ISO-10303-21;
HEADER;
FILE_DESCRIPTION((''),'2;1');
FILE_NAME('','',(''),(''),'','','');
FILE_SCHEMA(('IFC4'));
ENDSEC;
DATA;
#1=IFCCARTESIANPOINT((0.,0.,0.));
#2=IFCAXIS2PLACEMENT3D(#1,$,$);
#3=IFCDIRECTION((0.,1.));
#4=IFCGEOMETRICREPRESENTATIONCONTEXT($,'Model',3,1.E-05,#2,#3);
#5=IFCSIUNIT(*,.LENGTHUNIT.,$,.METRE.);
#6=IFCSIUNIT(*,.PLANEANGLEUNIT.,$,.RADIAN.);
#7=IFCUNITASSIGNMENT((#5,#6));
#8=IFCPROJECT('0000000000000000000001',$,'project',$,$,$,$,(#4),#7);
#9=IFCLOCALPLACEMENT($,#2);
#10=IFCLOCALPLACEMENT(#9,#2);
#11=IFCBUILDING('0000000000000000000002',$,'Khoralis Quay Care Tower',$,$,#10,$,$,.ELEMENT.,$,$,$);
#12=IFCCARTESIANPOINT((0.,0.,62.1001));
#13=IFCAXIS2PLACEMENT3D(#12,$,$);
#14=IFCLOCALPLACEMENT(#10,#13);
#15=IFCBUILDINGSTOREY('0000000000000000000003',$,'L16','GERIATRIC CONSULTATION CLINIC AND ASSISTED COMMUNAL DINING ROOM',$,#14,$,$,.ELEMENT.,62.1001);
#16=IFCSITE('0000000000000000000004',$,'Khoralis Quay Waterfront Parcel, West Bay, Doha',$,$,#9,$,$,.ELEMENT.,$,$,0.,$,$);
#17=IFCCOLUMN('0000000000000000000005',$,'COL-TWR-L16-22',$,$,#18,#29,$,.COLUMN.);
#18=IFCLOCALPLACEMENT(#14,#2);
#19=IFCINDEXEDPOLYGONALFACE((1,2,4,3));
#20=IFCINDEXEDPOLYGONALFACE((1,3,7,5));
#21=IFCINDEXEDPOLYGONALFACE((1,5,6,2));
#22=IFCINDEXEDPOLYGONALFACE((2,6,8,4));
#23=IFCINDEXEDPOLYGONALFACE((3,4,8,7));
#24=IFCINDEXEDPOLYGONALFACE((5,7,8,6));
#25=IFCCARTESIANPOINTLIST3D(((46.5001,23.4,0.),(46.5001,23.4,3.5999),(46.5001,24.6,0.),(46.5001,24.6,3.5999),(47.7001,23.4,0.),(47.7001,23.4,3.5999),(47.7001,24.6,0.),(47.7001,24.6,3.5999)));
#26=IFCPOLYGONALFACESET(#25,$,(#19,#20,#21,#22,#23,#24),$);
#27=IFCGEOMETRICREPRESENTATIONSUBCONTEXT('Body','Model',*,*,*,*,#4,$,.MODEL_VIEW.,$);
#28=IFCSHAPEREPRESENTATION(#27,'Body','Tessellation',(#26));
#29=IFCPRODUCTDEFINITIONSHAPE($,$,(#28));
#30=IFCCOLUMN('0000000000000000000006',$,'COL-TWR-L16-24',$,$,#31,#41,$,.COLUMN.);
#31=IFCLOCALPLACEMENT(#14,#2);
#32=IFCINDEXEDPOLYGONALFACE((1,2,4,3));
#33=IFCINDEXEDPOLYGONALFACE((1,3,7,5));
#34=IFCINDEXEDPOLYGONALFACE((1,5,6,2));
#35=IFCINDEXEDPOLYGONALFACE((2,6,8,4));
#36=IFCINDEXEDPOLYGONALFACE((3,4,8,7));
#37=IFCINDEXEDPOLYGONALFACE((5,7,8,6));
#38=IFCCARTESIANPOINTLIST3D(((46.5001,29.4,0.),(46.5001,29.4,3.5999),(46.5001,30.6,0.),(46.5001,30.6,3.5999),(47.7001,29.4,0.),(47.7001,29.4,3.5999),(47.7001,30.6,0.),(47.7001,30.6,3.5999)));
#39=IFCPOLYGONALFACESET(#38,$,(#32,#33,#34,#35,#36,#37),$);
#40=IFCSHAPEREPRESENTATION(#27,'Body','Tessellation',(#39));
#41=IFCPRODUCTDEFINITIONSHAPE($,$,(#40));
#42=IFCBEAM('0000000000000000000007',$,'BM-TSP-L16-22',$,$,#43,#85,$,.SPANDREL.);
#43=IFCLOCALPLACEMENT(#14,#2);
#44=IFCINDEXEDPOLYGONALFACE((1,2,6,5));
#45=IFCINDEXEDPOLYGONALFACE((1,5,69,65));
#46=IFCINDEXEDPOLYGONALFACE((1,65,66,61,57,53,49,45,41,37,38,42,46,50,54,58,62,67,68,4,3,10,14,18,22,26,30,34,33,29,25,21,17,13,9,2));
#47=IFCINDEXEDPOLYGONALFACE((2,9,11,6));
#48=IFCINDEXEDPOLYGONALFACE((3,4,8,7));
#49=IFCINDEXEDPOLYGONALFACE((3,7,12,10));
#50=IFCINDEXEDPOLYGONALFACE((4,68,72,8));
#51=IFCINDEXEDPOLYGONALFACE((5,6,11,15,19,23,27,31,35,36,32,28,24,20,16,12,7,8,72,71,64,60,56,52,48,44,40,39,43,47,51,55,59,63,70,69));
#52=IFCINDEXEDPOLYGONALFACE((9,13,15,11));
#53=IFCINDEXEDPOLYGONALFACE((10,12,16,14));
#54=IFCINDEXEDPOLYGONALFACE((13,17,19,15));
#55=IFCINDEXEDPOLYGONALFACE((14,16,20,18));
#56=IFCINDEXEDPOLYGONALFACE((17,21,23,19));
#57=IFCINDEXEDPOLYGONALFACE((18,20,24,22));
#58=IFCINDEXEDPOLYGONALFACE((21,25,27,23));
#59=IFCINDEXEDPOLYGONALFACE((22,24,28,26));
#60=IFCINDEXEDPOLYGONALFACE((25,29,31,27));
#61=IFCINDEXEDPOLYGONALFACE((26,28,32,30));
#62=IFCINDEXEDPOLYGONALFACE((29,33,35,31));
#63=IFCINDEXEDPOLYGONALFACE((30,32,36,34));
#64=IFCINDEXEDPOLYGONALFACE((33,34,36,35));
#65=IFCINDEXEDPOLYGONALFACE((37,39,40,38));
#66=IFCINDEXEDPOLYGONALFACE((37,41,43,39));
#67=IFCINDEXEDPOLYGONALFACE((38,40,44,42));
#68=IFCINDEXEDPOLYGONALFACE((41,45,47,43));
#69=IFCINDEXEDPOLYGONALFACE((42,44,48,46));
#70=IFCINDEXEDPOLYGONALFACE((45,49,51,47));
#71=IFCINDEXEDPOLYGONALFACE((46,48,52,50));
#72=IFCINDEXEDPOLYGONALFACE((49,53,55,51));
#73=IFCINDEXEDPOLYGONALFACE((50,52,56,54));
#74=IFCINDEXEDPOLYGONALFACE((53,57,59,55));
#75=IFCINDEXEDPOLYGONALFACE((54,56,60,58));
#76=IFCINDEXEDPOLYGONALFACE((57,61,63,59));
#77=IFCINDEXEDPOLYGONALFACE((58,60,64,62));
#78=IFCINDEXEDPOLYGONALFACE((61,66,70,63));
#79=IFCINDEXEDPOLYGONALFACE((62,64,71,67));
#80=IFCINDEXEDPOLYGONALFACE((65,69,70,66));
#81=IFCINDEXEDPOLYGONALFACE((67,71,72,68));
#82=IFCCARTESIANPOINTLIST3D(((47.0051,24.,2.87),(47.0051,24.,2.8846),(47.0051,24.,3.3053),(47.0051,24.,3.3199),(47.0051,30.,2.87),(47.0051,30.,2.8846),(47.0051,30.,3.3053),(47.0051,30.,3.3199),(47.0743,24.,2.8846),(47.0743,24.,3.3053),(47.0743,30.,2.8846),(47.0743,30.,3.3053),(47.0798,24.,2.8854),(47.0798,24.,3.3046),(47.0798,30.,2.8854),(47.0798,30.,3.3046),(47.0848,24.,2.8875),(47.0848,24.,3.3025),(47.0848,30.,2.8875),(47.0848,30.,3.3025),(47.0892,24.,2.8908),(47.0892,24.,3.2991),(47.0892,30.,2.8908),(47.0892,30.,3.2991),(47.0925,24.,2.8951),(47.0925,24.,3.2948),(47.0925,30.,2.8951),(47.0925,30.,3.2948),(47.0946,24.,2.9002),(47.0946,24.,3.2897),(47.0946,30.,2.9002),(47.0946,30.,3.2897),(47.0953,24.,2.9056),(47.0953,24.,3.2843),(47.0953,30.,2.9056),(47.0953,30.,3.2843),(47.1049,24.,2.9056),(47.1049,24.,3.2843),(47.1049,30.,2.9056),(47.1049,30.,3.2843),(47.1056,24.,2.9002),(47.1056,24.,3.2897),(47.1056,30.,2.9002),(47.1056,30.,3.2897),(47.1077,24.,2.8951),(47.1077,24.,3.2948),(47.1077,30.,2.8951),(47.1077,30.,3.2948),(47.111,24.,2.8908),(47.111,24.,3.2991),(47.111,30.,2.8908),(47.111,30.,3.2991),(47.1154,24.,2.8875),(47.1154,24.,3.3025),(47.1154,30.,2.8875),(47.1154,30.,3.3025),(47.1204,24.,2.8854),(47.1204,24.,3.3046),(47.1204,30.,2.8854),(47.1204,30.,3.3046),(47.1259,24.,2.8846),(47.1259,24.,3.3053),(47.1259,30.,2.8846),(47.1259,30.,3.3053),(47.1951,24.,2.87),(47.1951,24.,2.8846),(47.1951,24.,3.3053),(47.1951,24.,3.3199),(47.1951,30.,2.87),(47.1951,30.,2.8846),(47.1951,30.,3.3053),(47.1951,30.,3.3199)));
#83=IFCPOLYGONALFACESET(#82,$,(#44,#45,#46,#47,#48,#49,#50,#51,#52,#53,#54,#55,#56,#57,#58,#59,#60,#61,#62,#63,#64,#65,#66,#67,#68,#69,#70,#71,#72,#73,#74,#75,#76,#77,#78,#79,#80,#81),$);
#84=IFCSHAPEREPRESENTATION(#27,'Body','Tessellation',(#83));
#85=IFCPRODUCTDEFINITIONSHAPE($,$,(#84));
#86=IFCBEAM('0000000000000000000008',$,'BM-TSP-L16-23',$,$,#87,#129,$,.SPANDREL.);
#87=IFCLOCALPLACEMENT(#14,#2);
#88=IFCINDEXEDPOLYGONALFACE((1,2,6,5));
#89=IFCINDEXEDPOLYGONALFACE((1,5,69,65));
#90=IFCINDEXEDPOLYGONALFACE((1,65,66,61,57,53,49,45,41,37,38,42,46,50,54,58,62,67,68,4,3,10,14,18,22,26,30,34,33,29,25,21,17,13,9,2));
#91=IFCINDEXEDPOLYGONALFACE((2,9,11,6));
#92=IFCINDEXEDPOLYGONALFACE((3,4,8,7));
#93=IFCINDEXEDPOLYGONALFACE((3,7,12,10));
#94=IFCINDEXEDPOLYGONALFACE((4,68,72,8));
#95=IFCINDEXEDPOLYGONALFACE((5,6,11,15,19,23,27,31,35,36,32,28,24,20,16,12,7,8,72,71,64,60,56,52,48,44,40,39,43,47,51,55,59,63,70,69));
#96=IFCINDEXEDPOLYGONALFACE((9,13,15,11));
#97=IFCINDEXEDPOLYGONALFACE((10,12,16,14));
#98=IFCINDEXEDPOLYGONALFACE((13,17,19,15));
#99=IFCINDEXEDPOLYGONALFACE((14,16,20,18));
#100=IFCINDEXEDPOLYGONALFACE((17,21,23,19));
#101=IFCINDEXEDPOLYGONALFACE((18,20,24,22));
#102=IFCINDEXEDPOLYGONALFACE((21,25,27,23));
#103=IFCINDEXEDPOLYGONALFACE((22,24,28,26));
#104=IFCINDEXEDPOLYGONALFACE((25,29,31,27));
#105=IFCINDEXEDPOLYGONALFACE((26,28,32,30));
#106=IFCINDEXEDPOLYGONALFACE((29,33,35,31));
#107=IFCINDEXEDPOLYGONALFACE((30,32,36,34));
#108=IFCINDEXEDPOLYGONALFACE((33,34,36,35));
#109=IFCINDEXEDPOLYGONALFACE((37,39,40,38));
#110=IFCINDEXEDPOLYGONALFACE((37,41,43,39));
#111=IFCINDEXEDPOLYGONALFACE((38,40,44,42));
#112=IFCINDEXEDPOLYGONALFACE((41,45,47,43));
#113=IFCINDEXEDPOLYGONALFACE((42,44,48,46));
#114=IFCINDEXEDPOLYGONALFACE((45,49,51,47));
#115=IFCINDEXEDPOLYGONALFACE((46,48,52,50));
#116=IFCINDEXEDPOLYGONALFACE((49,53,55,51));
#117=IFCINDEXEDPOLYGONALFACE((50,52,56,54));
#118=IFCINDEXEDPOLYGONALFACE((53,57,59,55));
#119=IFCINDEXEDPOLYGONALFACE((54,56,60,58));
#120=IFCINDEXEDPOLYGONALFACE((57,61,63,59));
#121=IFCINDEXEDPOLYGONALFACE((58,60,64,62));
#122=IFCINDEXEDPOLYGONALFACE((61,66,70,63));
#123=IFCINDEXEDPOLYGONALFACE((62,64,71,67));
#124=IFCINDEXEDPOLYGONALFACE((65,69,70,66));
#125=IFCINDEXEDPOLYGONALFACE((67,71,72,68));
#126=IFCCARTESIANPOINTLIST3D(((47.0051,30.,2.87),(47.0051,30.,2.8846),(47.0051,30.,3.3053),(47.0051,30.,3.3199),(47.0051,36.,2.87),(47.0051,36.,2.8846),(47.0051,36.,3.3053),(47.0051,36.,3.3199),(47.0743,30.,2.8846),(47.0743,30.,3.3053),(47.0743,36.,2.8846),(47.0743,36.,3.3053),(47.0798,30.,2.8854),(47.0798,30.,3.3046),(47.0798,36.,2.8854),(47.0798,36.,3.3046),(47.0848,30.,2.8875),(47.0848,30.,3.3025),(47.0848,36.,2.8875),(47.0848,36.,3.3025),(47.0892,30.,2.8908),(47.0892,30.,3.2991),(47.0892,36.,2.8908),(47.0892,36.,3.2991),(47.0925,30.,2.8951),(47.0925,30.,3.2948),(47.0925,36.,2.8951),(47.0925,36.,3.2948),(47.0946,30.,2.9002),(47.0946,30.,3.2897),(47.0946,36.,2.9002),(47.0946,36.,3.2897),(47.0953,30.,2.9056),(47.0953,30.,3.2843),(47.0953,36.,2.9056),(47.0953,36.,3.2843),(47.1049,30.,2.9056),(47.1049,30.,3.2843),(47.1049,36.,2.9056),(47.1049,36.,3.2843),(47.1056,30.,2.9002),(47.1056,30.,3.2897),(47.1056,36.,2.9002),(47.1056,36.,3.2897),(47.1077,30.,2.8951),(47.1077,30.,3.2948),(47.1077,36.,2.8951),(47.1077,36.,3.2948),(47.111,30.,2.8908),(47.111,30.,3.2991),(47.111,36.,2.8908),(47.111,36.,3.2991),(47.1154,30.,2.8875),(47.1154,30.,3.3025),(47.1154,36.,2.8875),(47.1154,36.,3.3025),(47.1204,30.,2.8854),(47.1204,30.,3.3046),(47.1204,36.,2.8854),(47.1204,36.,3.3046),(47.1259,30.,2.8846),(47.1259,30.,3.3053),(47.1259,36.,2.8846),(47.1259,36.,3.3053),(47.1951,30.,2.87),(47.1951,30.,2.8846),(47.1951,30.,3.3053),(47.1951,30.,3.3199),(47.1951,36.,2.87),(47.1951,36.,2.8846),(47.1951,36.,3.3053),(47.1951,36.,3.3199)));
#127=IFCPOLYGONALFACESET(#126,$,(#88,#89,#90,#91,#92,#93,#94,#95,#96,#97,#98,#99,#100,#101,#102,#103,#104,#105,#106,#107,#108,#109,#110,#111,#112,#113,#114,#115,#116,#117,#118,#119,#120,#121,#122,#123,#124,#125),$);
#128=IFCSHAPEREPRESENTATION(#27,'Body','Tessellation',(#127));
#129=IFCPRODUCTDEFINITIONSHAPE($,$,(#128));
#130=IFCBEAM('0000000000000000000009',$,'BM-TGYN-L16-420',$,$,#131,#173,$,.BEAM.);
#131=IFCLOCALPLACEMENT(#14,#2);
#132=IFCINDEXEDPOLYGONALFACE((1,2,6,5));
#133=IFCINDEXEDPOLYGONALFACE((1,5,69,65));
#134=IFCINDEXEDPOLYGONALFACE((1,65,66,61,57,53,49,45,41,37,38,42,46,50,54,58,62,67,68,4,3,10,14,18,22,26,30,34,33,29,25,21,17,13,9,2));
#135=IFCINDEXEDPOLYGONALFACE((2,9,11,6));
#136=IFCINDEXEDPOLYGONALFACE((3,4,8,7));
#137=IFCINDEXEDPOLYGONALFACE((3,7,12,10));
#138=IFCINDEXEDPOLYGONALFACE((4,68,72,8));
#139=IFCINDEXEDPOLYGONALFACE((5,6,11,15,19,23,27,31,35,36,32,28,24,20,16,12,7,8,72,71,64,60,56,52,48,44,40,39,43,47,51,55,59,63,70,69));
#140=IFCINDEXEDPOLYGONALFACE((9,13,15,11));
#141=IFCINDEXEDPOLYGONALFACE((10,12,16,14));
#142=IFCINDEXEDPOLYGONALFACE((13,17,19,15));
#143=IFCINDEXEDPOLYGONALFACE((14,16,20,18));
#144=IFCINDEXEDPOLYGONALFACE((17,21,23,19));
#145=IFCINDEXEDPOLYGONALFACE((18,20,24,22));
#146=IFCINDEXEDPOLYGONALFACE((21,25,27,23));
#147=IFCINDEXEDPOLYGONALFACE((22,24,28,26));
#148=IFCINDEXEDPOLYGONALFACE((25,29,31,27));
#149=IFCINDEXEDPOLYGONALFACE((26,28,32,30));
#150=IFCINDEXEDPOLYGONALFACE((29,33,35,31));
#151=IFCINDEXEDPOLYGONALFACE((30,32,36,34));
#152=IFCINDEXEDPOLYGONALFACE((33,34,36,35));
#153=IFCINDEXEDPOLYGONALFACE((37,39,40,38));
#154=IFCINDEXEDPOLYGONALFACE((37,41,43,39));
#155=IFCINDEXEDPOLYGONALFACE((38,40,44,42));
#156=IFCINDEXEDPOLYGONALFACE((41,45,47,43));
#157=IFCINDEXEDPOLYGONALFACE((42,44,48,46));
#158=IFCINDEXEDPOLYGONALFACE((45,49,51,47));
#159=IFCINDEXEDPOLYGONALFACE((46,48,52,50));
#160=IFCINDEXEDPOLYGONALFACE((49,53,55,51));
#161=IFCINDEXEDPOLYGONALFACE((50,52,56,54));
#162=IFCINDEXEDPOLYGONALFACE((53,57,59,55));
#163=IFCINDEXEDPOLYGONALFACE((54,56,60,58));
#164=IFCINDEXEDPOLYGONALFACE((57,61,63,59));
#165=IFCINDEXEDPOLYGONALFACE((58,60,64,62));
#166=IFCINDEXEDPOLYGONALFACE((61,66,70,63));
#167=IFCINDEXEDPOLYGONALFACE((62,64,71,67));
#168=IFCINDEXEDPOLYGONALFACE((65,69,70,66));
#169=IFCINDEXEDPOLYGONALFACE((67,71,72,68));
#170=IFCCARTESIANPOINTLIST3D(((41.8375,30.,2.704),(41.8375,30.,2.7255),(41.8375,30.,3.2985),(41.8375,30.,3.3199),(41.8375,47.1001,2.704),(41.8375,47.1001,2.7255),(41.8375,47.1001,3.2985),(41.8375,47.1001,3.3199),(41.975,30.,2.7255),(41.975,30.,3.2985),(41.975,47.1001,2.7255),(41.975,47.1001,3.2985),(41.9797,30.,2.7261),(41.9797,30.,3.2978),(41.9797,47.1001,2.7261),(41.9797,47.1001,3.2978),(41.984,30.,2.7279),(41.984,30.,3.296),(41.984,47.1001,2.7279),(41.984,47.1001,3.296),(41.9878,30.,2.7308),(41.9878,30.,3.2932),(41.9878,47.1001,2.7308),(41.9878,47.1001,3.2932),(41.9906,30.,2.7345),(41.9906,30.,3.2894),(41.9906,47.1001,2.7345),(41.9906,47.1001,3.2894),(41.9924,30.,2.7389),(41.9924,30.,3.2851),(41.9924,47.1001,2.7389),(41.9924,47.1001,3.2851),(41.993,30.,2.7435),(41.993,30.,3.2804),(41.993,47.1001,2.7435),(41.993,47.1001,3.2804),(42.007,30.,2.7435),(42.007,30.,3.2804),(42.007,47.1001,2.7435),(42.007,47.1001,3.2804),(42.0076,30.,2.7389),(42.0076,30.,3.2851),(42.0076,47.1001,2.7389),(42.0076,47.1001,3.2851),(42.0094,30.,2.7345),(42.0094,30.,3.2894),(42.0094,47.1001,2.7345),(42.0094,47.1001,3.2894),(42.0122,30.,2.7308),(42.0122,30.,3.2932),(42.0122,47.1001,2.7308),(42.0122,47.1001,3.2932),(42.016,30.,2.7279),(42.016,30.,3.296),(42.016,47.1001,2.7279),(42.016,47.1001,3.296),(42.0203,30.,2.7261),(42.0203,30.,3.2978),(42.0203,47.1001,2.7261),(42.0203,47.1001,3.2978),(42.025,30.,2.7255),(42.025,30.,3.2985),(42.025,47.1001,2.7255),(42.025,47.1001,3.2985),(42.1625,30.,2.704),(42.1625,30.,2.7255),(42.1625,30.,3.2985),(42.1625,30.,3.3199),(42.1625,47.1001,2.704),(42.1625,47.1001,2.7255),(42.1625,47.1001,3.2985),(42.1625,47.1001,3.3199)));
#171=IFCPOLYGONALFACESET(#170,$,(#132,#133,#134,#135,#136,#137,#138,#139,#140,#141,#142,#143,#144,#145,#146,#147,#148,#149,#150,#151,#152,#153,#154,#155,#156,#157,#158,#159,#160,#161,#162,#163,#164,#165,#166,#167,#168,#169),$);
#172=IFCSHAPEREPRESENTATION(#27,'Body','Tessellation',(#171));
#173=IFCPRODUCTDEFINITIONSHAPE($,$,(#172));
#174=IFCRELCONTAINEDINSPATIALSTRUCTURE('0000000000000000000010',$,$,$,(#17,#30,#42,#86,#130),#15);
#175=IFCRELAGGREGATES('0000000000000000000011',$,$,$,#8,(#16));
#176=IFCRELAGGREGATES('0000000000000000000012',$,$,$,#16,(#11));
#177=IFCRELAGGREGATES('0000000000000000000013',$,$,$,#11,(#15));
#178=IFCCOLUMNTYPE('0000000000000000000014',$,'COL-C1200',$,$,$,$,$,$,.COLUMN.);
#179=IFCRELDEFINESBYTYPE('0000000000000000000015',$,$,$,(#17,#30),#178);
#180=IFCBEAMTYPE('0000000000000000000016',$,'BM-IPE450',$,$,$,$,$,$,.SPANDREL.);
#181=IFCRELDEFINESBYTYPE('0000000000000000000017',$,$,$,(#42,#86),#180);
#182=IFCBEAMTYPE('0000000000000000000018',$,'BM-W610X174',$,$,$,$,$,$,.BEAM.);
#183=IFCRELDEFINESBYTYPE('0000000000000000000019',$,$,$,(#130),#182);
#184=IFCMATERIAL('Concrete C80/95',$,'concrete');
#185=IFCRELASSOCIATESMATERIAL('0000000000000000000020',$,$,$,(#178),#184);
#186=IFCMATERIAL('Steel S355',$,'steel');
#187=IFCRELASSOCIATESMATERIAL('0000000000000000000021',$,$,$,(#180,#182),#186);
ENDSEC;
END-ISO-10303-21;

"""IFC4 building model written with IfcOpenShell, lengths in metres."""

from ifc_helpers import new_model, si_unit, direction, frame, origin, origin_2d, place, context, subcontext, project, spatial, rectangle, i_section, extrude, source, transform, mapped, material, material_profile, profile_set, type_object, element, save


model = new_model("IFC4")

# Units and contexts
model_context = context("Model", 3, precision=1e-05, world=origin(), true_north=direction((0.0, 1.0)))
body_context = subcontext(model_context, "Body", "Model", "MODEL_VIEW")
ifc_project = project(units=[si_unit("LENGTHUNIT", "METRE"), si_unit("PLANEANGLEUNIT", "RADIAN")], contexts=[model_context])

# Site, building, storey
site_placement = place(None, origin())
site = spatial("IfcSite", under=ifc_project, at=site_placement, Name="Khoralis Quay Waterfront Parcel, West Bay, Doha", CompositionType="ELEMENT", RefElevation=0.0)
building_placement = place(site_placement, origin())
building = spatial("IfcBuilding", under=site, at=building_placement, Name="Khoralis Quay Care Tower", CompositionType="ELEMENT")
storey_placement = place(building_placement, frame((0.0, 0.0, 62.1001)))
storey = spatial("IfcBuildingStorey", under=building, at=storey_placement, Name="L16", Description="GERIATRIC CONSULTATION CLINIC AND ASSISTED COMMUNAL DINING ROOM", CompositionType="ELEMENT", Elevation=62.1001)

# Columns
ifc_material_1 = material(Name="Concrete C80/95", Category="concrete")
ifc_material_profile_1 = material_profile(ifc_material_1, rectangle(XDim=1.2, YDim=1.2, at=origin_2d()), Name="Concrete C80/95")
ifc_profile_set_1 = profile_set([ifc_material_profile_1], Name="Concrete C80/95")
column_type = type_object("IfcColumnType", Name="COL-C1200", PredefinedType="COLUMN", material=ifc_profile_set_1)
shared_shape_1 = source(origin(), body_context, "Body", "SweptSolid", [
    extrude(rectangle(XDim=1.2, YDim=1.2, at=origin_2d()), origin(), (0.0, 0.0, 1.0), 3.5999),
])
for number, where, z_axis, x_axis, name in (
    (1, (47.1001, 24.0, 0.0), (0.0, 0.0, 1.0), (1.0, 0.0, 0.0), "COL-TWR-L16-22"),
    (2, (47.1001, 30.0, 0.0), (0.0, 0.0, 1.0), (1.0, 0.0, 0.0), "COL-TWR-L16-24"),
):
    element("IfcColumn", number, at=place(storey_placement, frame(where, z_axis=z_axis, x_axis=x_axis)), inside=storey, type_object=column_type, Name=name, PredefinedType="COLUMN", context=body_context, shape_type="MappedRepresentation", body=[
        mapped(shared_shape_1, transform((0.0, 0.0, 0.0), scale=1.0)),
    ])

# Beams
ifc_material_2 = material(Name="Steel S355", Category="steel")
ifc_material_profile_2 = material_profile(ifc_material_2, i_section(OverallWidth=0.1899, OverallDepth=0.45, WebThickness=0.0095, FlangeThickness=0.0146, FilletRadius=0.021, at=origin_2d()), Name="Steel S355")
ifc_profile_set_2 = profile_set([ifc_material_profile_2], Name="Steel S355")
beam_type_1 = type_object("IfcBeamType", Name="BM-IPE450", PredefinedType="SPANDREL", material=ifc_profile_set_2)
shared_shape_2 = source(origin(), body_context, "Body", "SweptSolid", [
    extrude(i_section(OverallWidth=0.1899, OverallDepth=0.45, WebThickness=0.0095, FlangeThickness=0.0146, FilletRadius=0.021, at=origin_2d()), origin(), (0.0, 0.0, 1.0), 6.0),
])
for number, where, z_axis, x_axis, name in (
    (3, (47.1001, 24.0, 3.095), (0.0, 1.0, 0.0), (-1.0, 0.0, 0.0), "BM-TSP-L16-22"),
    (4, (47.1001, 30.0, 3.095), (0.0, 1.0, 0.0), (-1.0, 0.0, 0.0), "BM-TSP-L16-23"),
):
    element("IfcBeam", number, at=place(storey_placement, frame(where, z_axis=z_axis, x_axis=x_axis)), inside=storey, type_object=beam_type_1, Name=name, PredefinedType="SPANDREL", context=body_context, shape_type="MappedRepresentation", body=[
        mapped(shared_shape_2, transform((0.0, 0.0, 0.0), scale=1.0)),
    ])
ifc_material_profile_3 = material_profile(ifc_material_2, i_section(OverallWidth=0.325, OverallDepth=0.616, WebThickness=0.0139, FlangeThickness=0.0215, FilletRadius=0.0181, at=origin_2d()), Name="Steel S355")
ifc_profile_set_3 = profile_set([ifc_material_profile_3], Name="Steel S355")
beam_type_2 = type_object("IfcBeamType", Name="BM-W610X174", PredefinedType="BEAM", material=ifc_profile_set_3)
shared_shape_3 = source(origin(), body_context, "Body", "SweptSolid", [
    extrude(i_section(OverallWidth=0.325, OverallDepth=0.616, WebThickness=0.0139, FlangeThickness=0.0215, FilletRadius=0.0181, at=origin_2d()), origin(), (0.0, 0.0, 1.0), 17.1001),
])
beam_1_placement = place(storey_placement, frame((42.0, 30.0, 3.012), z_axis=(0.0, 1.0, 0.0), x_axis=(-1.0, 0.0, 0.0)))
element("IfcBeam", 5, at=beam_1_placement, inside=storey, type_object=beam_type_2, Name="BM-TGYN-L16-420", PredefinedType="BEAM", context=body_context, shape_type="MappedRepresentation", body=[
    mapped(shared_shape_3, transform((0.0, 0.0, 0.0), scale=1.0)),
])

save(model, "model.ifc")
